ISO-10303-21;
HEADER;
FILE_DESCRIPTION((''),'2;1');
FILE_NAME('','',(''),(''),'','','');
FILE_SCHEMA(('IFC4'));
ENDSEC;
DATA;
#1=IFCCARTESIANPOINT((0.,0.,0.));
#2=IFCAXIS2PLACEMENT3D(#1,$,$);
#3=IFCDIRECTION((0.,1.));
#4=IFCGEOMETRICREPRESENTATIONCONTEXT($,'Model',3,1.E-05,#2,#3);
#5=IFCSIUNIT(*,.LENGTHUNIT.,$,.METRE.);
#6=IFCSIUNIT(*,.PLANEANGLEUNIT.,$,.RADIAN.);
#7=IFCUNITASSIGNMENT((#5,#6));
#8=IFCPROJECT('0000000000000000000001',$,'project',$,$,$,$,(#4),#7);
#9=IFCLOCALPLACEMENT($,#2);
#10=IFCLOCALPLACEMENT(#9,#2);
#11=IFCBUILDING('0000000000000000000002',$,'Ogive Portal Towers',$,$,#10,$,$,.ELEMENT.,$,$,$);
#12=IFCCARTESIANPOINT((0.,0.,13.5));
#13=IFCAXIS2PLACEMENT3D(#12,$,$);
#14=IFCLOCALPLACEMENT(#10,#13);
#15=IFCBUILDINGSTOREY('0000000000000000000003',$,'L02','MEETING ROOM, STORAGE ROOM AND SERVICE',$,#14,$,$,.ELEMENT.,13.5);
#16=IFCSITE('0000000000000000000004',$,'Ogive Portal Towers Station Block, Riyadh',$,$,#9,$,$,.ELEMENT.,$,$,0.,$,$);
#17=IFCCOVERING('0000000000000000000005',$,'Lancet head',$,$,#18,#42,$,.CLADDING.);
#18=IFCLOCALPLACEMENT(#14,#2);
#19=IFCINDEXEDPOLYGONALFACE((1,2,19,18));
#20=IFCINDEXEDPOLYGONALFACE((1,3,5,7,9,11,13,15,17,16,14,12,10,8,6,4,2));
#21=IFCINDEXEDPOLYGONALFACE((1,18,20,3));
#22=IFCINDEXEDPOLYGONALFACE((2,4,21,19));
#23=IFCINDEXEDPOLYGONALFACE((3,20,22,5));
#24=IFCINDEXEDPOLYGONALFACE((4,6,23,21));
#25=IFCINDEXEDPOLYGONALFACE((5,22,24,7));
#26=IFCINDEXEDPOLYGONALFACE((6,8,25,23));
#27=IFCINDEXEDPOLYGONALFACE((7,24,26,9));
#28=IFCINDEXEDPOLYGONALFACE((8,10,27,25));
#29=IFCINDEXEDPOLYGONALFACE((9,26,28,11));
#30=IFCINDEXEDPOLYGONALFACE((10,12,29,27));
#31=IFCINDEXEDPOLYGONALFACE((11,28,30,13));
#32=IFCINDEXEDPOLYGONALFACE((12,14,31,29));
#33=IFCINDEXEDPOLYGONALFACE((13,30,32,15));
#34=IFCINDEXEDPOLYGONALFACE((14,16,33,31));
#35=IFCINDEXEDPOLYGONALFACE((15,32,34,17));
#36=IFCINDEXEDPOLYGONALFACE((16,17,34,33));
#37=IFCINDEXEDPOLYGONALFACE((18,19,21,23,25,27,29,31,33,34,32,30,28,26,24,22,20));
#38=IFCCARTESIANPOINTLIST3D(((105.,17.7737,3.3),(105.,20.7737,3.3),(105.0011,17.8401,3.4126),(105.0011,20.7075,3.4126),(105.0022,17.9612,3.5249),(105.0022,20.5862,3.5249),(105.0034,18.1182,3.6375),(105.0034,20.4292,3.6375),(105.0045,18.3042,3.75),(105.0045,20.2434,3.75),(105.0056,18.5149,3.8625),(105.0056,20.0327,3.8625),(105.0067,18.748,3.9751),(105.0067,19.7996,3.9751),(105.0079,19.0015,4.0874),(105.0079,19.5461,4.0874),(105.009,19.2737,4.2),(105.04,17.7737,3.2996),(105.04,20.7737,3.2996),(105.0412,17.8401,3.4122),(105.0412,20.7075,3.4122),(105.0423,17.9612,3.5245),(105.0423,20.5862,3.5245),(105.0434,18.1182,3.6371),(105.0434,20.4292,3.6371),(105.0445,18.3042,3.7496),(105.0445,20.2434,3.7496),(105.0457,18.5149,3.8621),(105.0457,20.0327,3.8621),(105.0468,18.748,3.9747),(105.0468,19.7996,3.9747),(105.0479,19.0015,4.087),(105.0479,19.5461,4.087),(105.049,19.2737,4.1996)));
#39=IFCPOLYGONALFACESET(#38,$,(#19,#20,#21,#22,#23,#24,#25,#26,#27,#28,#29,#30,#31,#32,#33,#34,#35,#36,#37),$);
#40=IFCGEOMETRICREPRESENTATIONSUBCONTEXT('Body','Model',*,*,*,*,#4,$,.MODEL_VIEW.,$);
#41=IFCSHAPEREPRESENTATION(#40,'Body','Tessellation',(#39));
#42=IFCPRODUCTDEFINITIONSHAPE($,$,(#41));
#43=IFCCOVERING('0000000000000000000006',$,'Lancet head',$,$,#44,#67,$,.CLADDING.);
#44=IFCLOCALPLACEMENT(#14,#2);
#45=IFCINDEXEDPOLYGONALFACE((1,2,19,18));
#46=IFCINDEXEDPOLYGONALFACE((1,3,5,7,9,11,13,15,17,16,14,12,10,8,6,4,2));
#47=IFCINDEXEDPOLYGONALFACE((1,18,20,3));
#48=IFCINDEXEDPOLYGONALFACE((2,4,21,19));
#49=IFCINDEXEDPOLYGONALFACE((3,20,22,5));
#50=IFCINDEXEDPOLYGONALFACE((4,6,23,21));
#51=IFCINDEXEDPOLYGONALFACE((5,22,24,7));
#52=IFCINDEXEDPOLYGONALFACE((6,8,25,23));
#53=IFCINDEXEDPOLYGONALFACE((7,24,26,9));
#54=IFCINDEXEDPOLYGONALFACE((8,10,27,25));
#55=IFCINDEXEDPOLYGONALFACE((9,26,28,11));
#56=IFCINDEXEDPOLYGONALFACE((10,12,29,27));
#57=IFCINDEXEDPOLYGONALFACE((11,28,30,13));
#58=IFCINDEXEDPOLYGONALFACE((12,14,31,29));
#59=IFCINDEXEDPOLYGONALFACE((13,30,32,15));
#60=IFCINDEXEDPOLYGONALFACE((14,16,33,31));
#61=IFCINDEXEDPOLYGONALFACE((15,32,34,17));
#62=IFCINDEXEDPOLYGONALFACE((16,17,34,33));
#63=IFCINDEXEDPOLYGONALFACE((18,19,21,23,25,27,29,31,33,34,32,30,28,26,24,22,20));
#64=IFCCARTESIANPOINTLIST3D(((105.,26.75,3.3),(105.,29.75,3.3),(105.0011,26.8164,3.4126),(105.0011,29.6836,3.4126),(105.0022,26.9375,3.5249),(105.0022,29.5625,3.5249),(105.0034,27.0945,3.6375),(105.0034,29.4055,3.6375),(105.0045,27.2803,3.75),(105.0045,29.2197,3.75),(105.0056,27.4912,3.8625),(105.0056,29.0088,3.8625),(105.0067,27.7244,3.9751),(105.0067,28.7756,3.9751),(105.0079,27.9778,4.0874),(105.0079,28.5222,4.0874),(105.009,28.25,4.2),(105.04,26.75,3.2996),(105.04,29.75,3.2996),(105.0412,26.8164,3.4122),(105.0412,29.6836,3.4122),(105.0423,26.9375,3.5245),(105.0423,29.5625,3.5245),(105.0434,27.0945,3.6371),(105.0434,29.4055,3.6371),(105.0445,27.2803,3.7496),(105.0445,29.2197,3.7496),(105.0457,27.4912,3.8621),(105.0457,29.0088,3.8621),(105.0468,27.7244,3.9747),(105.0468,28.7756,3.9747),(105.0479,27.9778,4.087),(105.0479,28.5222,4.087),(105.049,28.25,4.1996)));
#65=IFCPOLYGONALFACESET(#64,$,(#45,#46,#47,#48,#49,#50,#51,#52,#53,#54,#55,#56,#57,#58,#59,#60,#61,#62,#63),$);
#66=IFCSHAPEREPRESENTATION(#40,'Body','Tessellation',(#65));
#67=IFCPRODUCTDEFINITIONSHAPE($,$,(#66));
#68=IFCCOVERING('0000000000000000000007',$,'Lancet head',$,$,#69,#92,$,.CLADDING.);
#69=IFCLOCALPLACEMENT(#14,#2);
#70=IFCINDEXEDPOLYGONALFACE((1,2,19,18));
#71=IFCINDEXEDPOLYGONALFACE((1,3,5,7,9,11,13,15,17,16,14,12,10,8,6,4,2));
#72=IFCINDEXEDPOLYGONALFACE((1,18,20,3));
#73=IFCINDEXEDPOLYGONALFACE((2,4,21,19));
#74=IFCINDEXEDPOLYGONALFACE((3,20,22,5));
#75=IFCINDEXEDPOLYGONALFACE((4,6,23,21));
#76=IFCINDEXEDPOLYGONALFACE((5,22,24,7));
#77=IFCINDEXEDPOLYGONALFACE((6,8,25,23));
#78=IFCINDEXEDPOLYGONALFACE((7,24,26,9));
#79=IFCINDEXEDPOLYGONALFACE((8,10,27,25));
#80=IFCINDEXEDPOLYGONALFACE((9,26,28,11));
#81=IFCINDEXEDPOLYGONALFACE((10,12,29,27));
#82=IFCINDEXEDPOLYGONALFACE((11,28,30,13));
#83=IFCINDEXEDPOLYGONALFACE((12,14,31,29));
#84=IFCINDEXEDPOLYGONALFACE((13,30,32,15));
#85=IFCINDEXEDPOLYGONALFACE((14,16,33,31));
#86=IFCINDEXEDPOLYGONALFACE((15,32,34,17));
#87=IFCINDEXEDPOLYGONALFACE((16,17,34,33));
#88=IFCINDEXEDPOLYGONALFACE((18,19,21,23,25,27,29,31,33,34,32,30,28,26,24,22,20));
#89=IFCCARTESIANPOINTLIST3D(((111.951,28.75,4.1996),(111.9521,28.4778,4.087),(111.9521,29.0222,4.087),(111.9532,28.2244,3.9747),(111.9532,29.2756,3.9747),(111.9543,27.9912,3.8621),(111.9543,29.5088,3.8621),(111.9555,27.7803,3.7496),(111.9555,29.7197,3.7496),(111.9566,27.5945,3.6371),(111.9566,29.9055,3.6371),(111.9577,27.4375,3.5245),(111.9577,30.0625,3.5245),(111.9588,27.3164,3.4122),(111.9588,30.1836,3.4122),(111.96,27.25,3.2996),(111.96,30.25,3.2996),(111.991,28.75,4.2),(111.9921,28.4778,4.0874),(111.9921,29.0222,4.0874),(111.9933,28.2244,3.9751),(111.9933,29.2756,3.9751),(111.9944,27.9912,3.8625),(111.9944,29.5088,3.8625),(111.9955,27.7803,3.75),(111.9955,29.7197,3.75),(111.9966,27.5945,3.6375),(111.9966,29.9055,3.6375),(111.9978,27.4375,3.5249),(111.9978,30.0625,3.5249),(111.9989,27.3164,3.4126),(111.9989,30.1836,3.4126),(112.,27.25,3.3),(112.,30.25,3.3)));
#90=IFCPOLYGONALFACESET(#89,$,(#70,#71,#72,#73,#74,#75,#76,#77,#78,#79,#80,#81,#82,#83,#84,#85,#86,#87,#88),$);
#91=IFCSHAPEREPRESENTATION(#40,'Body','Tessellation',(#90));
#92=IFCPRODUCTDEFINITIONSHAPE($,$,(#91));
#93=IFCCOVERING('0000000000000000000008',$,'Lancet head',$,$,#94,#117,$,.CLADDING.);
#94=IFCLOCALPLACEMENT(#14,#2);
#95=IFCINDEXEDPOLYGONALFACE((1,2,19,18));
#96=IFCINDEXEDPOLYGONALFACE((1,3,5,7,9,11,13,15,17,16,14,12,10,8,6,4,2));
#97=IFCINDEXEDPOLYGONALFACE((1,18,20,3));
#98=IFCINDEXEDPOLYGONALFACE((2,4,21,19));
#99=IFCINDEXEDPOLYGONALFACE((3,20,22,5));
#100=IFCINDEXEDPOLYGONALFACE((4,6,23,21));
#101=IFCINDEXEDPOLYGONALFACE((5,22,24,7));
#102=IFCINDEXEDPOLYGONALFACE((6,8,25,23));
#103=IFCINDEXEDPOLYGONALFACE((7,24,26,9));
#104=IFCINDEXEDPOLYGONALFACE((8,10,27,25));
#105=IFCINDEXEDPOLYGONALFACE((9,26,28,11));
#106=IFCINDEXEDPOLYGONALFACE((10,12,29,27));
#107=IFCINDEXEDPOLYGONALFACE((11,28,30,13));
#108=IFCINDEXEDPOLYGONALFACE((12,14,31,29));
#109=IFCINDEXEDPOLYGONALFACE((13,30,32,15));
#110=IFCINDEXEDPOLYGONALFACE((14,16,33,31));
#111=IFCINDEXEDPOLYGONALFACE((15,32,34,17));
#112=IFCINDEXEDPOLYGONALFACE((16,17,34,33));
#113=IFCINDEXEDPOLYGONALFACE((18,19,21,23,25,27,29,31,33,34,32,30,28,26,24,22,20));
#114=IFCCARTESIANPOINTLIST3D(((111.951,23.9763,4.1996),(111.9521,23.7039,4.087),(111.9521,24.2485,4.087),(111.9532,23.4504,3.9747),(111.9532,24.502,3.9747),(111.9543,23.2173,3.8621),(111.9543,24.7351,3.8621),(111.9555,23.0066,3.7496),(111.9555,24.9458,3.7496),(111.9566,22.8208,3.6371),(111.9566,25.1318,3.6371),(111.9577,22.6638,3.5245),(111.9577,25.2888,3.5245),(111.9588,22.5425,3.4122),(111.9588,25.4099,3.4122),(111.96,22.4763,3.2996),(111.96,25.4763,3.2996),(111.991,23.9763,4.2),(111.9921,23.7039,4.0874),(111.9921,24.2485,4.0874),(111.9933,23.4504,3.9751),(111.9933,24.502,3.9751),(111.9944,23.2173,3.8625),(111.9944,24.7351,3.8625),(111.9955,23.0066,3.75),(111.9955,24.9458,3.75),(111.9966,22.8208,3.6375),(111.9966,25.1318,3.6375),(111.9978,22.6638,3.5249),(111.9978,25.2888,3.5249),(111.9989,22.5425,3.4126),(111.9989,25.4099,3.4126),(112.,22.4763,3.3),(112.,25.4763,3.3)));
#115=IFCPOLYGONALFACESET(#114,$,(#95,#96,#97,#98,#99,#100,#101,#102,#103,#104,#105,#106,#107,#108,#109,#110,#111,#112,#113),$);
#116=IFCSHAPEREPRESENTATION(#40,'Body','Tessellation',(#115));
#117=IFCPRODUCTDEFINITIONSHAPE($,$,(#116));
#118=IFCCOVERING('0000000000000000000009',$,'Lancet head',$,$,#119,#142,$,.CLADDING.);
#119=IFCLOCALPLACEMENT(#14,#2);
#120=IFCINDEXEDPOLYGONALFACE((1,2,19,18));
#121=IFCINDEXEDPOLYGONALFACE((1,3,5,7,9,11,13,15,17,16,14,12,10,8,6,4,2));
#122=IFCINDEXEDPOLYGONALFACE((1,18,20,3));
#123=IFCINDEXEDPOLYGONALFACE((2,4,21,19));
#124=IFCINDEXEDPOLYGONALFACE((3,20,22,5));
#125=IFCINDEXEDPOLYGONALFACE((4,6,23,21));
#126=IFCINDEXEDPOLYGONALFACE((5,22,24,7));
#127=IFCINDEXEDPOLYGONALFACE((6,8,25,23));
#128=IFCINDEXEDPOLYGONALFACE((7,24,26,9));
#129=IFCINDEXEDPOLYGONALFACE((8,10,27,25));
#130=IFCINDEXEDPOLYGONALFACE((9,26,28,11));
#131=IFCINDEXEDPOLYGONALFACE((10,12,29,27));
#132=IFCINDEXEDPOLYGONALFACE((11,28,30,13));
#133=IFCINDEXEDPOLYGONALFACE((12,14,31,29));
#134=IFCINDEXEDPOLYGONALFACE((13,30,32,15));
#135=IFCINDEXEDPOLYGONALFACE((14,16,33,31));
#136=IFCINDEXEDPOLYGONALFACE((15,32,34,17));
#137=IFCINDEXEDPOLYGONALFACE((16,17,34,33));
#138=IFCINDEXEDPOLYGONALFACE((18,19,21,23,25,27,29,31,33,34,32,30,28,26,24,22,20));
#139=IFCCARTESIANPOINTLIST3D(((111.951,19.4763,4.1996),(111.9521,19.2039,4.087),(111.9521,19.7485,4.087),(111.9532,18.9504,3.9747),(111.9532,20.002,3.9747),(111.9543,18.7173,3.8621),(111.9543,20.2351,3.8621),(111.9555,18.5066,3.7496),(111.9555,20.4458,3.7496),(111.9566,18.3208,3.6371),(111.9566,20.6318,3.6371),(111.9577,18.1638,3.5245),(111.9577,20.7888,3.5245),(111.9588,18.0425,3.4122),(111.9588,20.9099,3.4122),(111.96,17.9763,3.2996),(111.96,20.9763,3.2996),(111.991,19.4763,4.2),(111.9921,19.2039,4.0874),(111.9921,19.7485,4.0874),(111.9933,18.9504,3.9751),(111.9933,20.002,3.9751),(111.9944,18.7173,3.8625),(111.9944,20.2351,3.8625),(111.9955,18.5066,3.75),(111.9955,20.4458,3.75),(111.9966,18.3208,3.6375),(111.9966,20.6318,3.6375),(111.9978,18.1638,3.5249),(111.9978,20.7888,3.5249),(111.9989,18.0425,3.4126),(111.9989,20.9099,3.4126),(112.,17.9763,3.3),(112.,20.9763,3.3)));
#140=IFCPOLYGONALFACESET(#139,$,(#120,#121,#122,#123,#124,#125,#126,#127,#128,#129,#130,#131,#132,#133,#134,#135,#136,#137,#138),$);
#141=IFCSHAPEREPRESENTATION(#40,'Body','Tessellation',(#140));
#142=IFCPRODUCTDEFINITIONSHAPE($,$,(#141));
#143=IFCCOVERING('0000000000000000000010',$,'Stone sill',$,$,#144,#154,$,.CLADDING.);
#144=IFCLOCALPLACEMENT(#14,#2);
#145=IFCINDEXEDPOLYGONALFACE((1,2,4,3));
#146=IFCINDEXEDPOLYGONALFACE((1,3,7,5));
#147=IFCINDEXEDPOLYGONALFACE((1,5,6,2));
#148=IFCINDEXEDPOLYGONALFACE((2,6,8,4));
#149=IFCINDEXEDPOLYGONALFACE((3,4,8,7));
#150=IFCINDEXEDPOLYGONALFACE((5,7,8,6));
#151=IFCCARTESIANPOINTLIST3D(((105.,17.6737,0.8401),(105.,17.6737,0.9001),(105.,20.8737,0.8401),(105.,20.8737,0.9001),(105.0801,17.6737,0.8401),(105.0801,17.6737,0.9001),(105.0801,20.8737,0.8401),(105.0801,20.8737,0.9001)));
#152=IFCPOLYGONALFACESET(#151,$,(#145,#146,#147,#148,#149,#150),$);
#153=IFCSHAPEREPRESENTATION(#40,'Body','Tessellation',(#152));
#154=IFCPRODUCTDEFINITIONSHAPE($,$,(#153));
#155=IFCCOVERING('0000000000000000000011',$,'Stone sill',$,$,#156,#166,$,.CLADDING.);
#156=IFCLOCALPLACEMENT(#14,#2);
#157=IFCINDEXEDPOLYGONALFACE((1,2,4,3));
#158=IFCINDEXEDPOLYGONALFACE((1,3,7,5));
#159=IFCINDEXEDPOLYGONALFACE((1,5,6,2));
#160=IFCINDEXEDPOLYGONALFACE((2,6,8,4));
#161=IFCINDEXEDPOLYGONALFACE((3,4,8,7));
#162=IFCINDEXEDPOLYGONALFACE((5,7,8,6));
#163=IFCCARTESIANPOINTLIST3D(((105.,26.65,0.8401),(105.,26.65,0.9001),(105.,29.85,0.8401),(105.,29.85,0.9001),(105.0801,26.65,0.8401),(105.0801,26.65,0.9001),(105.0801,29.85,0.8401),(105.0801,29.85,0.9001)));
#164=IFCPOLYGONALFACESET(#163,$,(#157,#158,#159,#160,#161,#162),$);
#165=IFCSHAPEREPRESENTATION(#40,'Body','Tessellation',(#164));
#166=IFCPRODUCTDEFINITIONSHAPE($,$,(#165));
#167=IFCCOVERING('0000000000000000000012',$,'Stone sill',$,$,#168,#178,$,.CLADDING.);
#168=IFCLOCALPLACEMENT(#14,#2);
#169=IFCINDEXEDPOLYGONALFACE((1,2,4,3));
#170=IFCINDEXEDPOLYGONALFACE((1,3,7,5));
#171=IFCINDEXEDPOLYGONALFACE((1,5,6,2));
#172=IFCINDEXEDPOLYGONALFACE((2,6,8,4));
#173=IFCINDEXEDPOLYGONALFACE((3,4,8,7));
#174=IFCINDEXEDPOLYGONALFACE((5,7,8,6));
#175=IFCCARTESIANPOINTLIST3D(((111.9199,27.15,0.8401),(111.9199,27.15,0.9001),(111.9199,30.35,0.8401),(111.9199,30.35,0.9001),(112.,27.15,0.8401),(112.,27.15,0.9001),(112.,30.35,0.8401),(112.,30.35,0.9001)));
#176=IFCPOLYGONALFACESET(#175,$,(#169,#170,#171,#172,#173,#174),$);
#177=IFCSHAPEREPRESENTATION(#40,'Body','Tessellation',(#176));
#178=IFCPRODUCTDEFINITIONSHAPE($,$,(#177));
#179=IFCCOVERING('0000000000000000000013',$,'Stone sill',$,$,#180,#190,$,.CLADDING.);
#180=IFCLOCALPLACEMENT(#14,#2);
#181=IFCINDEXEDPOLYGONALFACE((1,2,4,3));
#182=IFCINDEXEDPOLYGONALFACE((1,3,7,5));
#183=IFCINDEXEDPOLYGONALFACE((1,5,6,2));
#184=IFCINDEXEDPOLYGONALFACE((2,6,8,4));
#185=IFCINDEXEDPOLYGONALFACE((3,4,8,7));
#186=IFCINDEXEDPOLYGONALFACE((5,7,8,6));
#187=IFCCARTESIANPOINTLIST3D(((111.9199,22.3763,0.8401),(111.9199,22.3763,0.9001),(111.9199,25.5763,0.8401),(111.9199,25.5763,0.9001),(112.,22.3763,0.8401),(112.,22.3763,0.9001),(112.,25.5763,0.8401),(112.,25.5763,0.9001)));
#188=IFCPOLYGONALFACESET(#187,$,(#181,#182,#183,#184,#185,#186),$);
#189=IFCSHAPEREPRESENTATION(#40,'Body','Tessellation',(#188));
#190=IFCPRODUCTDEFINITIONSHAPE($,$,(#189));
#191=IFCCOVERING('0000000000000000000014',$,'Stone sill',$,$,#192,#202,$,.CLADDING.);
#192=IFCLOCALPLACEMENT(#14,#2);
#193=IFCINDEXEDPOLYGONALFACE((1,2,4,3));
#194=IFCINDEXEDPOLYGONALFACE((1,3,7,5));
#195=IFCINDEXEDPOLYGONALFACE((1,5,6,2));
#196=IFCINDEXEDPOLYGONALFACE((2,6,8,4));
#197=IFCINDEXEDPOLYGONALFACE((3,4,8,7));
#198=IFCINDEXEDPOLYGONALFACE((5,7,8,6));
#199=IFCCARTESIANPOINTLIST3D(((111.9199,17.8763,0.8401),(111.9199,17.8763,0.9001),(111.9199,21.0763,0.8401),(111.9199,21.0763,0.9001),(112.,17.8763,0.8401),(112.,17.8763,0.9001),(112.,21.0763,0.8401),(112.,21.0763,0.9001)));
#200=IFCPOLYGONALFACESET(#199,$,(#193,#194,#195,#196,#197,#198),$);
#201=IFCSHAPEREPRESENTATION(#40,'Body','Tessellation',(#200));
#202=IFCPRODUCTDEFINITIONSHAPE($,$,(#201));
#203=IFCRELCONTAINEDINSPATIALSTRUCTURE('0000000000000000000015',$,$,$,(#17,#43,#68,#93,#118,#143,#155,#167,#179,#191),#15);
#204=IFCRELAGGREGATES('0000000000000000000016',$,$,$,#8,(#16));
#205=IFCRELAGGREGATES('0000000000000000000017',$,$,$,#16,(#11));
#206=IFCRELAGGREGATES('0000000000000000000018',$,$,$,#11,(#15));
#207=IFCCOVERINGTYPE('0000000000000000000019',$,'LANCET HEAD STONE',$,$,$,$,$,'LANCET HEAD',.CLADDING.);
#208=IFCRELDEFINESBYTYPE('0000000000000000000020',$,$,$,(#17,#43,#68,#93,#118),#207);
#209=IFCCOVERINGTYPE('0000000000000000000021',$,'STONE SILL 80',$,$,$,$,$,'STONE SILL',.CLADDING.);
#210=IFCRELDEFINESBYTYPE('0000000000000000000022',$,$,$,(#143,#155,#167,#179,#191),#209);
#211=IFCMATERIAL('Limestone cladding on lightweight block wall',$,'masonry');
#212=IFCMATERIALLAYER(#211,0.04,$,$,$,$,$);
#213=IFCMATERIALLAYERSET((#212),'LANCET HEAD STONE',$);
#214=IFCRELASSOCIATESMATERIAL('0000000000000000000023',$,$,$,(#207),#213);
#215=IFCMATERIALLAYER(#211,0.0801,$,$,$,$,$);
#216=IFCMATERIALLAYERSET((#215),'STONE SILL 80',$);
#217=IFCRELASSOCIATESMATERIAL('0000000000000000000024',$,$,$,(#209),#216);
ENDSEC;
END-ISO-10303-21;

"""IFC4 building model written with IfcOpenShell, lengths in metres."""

from ifc_helpers import new_model, si_unit, direction, frame, origin, origin_2d, place, context, subcontext, project, spatial, polyline, rectangle, outline, extrude, material, layer, layer_set, type_object, element, save


model = new_model("IFC4")

# Units and contexts
model_context = context("Model", 3, precision=1e-05, world=origin(), true_north=direction((0.0, 1.0)))
body_context = subcontext(model_context, "Body", "Model", "MODEL_VIEW")
ifc_project = project(units=[si_unit("LENGTHUNIT", "METRE"), si_unit("PLANEANGLEUNIT", "RADIAN")], contexts=[model_context])

# Site, building, storey
site_placement = place(None, origin())
site = spatial("IfcSite", under=ifc_project, at=site_placement, Name="Ogive Portal Towers Station Block, Riyadh", CompositionType="ELEMENT", RefElevation=0.0)
building_placement = place(site_placement, origin())
building = spatial("IfcBuilding", under=site, at=building_placement, Name="Ogive Portal Towers", CompositionType="ELEMENT")
storey_placement = place(building_placement, frame((0.0, 0.0, 13.5)))
storey = spatial("IfcBuildingStorey", under=building, at=storey_placement, Name="L02", Description="MEETING ROOM, STORAGE ROOM AND SERVICE", CompositionType="ELEMENT", Elevation=13.5)

# Shared definitions
ifc_material_1 = material(Name="Limestone cladding on lightweight block wall", Category="masonry")

# Coverings
ifc_layer_1 = layer(ifc_material_1, 0.04)
ifc_layer_set_1 = layer_set([ifc_layer_1], Name="LANCET HEAD STONE")
covering_type_1 = type_object("IfcCoveringType", Name="LANCET HEAD STONE", ElementType="LANCET HEAD", PredefinedType="CLADDING", material=ifc_layer_set_1)
covering_placement = place(storey_placement, frame((105.0, 17.7737, 3.3), z_axis=(-0.99995, 0.0, 0.009994), x_axis=(0.0, 1.0, 0.0)))
element("IfcCovering", 1, at=covering_placement, inside=storey, type_object=covering_type_1, Name="Lancet head", PredefinedType="CLADDING", context=body_context, shape_type="SweptSolid", body=[
    extrude(outline(polyline([(0.0, 0.0), (3.0, 0.0), (2.9338, -0.1126), (2.8125, -0.2249), (2.6555, -0.3374), (2.4697, -0.45), (2.259, -0.5625), (2.0259, -0.6751), (1.7725, -0.7874), (1.5, -0.8999), (1.2278, -0.7874), (0.9744, -0.6751), (0.7412, -0.5625), (0.5305, -0.45), (0.3445, -0.3374), (0.1875, -0.2249), (0.0664, -0.1126), (0.0, 0.0)])), origin(), (0.0, 0.0, -1.0), 0.04),
])
for number, where, z_axis, x_axis, name in (
    (2, (105.0, 26.75, 3.3), (-0.99995, 0.0, 0.009994), (0.0, 1.0, 0.0), "Lancet head"),
    (3, (112.0, 30.25, 3.3), (0.99995, 0.0, 0.009994), (0.0, -1.0, 0.0), "Lancet head"),
):
    element("IfcCovering", number, at=place(storey_placement, frame(where, z_axis=z_axis, x_axis=x_axis)), inside=storey, type_object=covering_type_1, Name=name, PredefinedType="CLADDING", context=body_context, shape_type="SweptSolid", body=[
        extrude(outline(polyline([(0.0, 0.0), (3.0, 0.0), (2.9336, -0.1126), (2.8125, -0.2249), (2.6555, -0.3374), (2.4697, -0.45), (2.2588, -0.5625), (2.0256, -0.6751), (1.7722, -0.7874), (1.5, -0.8999), (1.2278, -0.7874), (0.9744, -0.6751), (0.7412, -0.5625), (0.5303, -0.45), (0.3445, -0.3374), (0.1875, -0.2249), (0.0664, -0.1126), (0.0, 0.0)])), origin(), (0.0, 0.0, -1.0), 0.04),
    ])
for number, where, z_axis, x_axis, name in (
    (4, (112.0, 25.4763, 3.3), (0.99995, 0.0, 0.009994), (0.0, -1.0, 0.0), "Lancet head"),
    (5, (112.0, 20.9763, 3.3), (0.99995, 0.0, 0.009994), (0.0, -1.0, 0.0), "Lancet head"),
):
    element("IfcCovering", number, at=place(storey_placement, frame(where, z_axis=z_axis, x_axis=x_axis)), inside=storey, type_object=covering_type_1, Name=name, PredefinedType="CLADDING", context=body_context, shape_type="SweptSolid", body=[
        extrude(outline(polyline([(0.0, 0.0), (3.0, 0.0), (2.9338, -0.1126), (2.8125, -0.2249), (2.6555, -0.3374), (2.4697, -0.45), (2.259, -0.5625), (2.0259, -0.6751), (1.7725, -0.7874), (1.5, -0.8999), (1.2278, -0.7874), (0.9744, -0.6751), (0.7412, -0.5625), (0.5305, -0.45), (0.3445, -0.3374), (0.1875, -0.2249), (0.0664, -0.1126), (0.0, 0.0)])), origin(), (0.0, 0.0, -1.0), 0.04),
    ])
ifc_layer_2 = layer(ifc_material_1, 0.0801)
ifc_layer_set_2 = layer_set([ifc_layer_2], Name="STONE SILL 80")
covering_type_2 = type_object("IfcCoveringType", Name="STONE SILL 80", ElementType="STONE SILL", PredefinedType="CLADDING", material=ifc_layer_set_2)
for number, where, z_axis, x_axis, name in (
    (6, (105.04, 19.2737, 0.8401), (0.0, 0.0, 1.0), (0.0, 1.0, 0.0), "Stone sill"),
    (7, (105.04, 28.25, 0.8401), (0.0, 0.0, 1.0), (0.0, 1.0, 0.0), "Stone sill"),
    (8, (111.96, 28.75, 0.8401), (0.0, 0.0, 1.0), (0.0, -1.0, 0.0), "Stone sill"),
    (9, (111.96, 23.9763, 0.8401), (0.0, 0.0, 1.0), (0.0, -1.0, 0.0), "Stone sill"),
    (10, (111.96, 19.4763, 0.8401), (0.0, 0.0, 1.0), (0.0, -1.0, 0.0), "Stone sill"),
):
    element("IfcCovering", number, at=place(storey_placement, frame(where, z_axis=z_axis, x_axis=x_axis)), inside=storey, type_object=covering_type_2, Name=name, PredefinedType="CLADDING", context=body_context, shape_type="SweptSolid", body=[
        extrude(rectangle(XDim=3.2, YDim=0.0801, at=origin_2d()), origin(), (0.0, 0.0, 1.0), 0.0601),
    ])

save(model, "model.ifc")
